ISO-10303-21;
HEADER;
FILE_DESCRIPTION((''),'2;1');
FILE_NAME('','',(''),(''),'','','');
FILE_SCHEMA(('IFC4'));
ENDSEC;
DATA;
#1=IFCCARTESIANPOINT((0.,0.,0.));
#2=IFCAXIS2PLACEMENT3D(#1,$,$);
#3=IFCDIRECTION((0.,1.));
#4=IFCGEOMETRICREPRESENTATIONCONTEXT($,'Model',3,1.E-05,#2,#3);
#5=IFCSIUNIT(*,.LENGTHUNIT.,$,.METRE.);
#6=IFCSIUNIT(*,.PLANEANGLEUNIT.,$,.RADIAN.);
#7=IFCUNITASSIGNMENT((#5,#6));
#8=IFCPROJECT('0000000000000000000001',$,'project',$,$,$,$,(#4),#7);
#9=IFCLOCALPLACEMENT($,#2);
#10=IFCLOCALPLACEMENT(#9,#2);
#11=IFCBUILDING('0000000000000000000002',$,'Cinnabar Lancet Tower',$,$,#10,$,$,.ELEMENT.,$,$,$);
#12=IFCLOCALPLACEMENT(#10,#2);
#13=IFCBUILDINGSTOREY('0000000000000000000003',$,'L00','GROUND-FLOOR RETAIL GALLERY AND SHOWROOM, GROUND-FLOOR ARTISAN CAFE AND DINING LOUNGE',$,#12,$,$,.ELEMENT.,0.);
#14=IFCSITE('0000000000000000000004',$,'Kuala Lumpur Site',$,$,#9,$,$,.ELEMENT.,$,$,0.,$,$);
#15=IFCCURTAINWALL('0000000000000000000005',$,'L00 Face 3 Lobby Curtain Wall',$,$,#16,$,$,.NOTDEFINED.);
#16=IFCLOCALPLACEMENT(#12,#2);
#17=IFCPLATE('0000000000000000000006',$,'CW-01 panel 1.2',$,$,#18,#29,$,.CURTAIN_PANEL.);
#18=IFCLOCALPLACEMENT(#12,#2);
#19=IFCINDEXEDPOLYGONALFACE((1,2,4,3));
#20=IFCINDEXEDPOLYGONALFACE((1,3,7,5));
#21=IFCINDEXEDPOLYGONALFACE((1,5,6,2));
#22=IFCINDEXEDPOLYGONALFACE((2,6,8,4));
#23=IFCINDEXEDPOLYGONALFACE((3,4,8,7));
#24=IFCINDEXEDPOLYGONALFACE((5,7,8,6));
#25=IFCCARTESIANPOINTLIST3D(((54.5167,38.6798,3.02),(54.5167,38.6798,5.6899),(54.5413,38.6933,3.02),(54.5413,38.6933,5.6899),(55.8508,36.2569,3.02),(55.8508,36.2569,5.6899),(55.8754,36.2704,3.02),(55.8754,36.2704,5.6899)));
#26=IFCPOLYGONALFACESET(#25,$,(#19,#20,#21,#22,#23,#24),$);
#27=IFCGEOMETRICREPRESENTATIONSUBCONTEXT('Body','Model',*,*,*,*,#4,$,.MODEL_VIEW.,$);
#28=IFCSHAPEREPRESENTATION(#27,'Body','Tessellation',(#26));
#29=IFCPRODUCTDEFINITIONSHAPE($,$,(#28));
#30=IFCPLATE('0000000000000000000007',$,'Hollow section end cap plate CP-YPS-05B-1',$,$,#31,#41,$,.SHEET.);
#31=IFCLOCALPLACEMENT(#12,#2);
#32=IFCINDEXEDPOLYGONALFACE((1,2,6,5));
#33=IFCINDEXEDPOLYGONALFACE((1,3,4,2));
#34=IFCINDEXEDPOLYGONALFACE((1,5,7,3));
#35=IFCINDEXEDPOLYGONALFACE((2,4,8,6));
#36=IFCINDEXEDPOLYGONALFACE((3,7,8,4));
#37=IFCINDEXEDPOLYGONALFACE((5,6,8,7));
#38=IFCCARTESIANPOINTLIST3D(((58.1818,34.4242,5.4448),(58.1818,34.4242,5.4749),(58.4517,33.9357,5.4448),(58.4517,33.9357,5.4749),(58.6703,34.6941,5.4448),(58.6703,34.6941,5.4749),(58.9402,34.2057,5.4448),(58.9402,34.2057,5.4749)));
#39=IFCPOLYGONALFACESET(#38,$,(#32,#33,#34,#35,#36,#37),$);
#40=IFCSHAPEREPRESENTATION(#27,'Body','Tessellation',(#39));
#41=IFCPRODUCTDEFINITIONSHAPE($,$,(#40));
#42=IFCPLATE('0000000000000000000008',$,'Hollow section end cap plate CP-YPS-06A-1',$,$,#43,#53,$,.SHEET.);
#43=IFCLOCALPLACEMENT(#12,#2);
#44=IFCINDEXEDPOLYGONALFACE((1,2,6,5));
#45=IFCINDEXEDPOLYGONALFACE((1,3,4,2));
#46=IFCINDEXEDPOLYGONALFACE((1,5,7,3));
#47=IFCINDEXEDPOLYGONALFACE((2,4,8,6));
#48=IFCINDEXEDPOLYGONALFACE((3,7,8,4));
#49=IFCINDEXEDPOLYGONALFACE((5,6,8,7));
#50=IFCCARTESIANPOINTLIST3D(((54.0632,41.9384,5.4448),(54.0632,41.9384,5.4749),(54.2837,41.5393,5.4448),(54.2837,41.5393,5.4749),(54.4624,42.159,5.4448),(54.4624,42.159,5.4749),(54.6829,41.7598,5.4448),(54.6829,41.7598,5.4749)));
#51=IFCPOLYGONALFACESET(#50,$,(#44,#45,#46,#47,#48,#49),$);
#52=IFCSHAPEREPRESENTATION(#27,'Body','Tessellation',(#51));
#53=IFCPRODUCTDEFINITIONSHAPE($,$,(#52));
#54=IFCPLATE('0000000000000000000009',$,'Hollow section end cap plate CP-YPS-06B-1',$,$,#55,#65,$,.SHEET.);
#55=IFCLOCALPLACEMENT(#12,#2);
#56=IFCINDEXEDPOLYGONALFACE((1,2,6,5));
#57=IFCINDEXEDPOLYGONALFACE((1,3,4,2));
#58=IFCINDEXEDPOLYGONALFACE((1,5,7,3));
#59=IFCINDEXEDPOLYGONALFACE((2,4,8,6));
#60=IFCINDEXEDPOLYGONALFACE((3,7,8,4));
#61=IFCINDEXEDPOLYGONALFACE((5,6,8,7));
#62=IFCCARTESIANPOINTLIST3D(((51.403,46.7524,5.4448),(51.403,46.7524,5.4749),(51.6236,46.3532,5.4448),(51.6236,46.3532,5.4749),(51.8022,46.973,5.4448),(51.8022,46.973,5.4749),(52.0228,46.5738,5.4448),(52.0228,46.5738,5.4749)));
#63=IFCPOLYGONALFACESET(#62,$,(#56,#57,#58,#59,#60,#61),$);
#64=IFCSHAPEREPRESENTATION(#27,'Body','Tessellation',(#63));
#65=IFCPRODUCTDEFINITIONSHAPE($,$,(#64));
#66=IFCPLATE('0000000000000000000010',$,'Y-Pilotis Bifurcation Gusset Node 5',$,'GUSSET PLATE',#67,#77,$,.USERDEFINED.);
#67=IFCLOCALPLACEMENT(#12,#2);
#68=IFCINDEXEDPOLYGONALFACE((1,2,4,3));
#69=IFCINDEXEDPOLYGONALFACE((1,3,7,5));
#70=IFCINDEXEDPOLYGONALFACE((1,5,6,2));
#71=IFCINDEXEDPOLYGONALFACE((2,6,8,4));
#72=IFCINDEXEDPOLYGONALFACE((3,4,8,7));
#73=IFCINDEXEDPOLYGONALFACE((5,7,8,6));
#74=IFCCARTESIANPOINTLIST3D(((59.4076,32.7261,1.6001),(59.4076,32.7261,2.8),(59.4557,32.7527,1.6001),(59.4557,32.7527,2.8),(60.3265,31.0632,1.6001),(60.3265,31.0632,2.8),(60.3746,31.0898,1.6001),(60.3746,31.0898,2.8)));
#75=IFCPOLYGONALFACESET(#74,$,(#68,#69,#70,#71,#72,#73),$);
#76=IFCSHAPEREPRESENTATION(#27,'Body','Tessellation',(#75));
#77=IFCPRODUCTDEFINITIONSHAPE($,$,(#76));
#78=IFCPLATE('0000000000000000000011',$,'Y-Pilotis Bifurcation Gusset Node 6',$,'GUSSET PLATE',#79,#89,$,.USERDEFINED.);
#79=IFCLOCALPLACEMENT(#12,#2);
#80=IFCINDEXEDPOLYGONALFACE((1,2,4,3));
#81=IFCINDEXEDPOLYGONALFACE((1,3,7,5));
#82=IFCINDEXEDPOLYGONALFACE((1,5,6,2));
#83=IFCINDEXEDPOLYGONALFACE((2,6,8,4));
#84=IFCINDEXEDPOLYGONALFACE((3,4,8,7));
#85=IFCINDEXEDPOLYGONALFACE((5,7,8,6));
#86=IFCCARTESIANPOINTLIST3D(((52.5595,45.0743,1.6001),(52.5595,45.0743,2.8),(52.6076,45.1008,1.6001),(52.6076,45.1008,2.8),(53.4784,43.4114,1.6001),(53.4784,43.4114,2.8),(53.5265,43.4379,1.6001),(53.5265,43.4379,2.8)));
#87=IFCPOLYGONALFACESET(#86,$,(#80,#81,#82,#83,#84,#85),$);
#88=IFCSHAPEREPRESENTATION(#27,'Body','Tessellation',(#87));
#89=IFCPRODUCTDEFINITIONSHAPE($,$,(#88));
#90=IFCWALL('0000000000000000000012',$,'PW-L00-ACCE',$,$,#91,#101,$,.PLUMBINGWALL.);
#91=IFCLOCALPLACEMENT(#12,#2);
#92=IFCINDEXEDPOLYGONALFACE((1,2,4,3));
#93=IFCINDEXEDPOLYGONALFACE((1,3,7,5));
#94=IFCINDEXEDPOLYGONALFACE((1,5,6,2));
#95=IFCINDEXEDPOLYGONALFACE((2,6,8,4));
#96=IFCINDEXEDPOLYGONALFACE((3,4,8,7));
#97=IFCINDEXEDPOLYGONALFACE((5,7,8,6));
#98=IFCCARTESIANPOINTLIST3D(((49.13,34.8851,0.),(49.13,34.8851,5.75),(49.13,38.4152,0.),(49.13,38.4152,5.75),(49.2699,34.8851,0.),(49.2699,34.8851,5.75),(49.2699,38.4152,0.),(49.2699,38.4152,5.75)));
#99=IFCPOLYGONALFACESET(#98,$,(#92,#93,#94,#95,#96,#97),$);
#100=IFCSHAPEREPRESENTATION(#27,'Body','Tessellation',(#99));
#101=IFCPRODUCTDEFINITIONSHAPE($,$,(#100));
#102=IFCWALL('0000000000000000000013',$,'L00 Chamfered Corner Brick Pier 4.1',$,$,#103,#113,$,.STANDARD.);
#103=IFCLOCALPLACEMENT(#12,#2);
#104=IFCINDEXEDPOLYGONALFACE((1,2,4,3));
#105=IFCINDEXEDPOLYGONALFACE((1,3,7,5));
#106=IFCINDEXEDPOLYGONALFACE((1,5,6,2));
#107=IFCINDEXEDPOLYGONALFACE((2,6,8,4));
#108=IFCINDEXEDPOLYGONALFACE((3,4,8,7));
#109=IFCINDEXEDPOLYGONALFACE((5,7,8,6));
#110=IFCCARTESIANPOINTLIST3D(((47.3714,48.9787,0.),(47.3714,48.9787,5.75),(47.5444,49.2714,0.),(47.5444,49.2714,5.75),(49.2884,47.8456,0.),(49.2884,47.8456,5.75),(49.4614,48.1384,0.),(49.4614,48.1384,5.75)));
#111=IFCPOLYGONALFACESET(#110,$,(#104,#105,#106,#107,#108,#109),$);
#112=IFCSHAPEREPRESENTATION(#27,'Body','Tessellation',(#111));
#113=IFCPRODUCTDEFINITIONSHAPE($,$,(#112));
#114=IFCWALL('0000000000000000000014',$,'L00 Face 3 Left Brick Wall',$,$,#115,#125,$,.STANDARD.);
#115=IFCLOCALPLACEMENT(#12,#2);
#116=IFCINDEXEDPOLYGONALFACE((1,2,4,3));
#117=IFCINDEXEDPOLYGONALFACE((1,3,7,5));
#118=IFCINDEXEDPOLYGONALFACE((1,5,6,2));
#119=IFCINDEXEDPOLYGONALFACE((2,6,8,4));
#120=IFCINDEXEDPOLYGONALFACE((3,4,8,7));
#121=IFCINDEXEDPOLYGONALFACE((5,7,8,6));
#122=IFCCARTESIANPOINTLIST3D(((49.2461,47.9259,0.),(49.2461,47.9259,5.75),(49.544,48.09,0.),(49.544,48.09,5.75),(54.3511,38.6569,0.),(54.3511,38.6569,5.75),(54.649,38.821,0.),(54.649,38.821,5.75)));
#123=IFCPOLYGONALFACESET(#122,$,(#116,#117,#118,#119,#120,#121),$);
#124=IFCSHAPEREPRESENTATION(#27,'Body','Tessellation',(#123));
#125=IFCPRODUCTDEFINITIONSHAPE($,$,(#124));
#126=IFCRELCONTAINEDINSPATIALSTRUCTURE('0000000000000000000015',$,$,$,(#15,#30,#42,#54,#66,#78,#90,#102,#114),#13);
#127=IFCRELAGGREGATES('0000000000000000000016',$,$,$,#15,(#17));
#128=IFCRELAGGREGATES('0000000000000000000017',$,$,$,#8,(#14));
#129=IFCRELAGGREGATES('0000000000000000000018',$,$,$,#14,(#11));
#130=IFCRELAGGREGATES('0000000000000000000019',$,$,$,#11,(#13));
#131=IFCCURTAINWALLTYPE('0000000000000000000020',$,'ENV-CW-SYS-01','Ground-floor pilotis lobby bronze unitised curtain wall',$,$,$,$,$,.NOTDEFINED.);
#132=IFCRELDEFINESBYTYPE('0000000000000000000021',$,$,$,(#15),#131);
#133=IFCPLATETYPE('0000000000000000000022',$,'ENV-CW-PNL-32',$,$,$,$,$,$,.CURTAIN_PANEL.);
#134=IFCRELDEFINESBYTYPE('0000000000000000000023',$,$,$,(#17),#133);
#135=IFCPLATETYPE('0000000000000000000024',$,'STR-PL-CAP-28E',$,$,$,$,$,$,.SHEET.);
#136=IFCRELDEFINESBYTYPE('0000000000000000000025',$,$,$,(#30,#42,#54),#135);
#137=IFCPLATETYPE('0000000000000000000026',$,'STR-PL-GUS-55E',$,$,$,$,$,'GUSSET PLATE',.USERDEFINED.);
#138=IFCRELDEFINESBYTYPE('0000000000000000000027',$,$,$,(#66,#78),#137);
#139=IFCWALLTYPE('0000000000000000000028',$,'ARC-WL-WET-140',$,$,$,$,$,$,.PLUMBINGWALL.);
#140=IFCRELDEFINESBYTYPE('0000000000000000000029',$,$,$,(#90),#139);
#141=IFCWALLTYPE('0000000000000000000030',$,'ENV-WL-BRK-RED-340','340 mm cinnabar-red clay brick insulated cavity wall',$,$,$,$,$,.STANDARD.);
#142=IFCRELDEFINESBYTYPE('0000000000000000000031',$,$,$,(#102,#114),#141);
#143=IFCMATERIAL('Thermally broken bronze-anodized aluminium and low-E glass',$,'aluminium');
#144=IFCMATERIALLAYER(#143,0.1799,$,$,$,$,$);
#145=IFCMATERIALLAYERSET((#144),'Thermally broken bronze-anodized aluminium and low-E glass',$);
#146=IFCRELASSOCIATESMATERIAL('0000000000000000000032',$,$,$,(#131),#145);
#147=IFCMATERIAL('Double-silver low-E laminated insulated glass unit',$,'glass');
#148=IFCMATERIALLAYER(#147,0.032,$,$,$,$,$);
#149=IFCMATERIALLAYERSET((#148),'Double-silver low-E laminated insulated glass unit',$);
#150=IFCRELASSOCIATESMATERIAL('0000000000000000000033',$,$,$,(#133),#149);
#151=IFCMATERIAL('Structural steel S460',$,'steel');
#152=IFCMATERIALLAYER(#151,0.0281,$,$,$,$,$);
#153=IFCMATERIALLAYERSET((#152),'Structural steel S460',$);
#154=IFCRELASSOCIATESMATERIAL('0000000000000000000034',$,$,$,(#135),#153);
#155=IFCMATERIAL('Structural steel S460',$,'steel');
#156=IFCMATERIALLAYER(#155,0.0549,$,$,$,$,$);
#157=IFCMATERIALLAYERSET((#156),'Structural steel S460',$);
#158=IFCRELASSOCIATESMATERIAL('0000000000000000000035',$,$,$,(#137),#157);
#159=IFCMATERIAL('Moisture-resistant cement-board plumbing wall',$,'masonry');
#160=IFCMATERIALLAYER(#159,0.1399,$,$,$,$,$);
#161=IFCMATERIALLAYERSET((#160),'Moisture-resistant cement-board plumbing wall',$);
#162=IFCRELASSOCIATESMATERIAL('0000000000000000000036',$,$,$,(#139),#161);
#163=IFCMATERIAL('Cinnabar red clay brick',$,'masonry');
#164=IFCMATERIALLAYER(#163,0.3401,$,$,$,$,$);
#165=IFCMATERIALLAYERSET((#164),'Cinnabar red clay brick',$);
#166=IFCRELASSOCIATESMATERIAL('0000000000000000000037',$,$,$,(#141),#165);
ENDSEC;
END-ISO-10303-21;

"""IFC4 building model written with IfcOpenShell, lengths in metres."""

from ifc_helpers import new_model, si_unit, direction, frame, frame_2d, origin, origin_2d, place, context, subcontext, project, spatial, rectangle, extrude, material, layer, layer_set, type_object, element, aggregate, save


model = new_model("IFC4")

# Units and contexts
model_context = context("Model", 3, precision=1e-05, world=origin(), true_north=direction((0.0, 1.0)))
body_context = subcontext(model_context, "Body", "Model", "MODEL_VIEW")
ifc_project = project(units=[si_unit("LENGTHUNIT", "METRE"), si_unit("PLANEANGLEUNIT", "RADIAN")], contexts=[model_context])

# Site, building, storey
site_placement = place(None, origin())
site = spatial("IfcSite", under=ifc_project, at=site_placement, Name="Kuala Lumpur Site", CompositionType="ELEMENT", RefElevation=0.0)
building_placement = place(site_placement, origin())
building = spatial("IfcBuilding", under=site, at=building_placement, Name="Cinnabar Lancet Tower", CompositionType="ELEMENT")
storey_placement = place(building_placement, origin())
storey = spatial("IfcBuildingStorey", under=building, at=storey_placement, Name="L00", Description="GROUND-FLOOR RETAIL GALLERY AND SHOWROOM, GROUND-FLOOR ARTISAN CAFE AND DINING LOUNGE", CompositionType="ELEMENT", Elevation=0.0)

# Curtain wall
ifc_material_1 = material(Name="Thermally broken bronze-anodized aluminium and low-E glass", Category="aluminium")
ifc_layer_1 = layer(ifc_material_1, 0.1799)
ifc_layer_set_1 = layer_set([ifc_layer_1], Name="Thermally broken bronze-anodized aluminium and low-E glass")
curtain_wall_type = type_object("IfcCurtainWallType", Name="ENV-CW-SYS-01", Description="Ground-floor pilotis lobby bronze unitised curtain wall", PredefinedType="NOTDEFINED", material=ifc_layer_set_1)
curtain_wall_placement = place(storey_placement, origin())
curtain_wall = element("IfcCurtainWall", 1, at=curtain_wall_placement, inside=storey, type_object=curtain_wall_type, Name="L00 Face 3 Lobby Curtain Wall", PredefinedType="NOTDEFINED")

# Plate
ifc_material_2 = material(Name="Double-silver low-E laminated insulated glass unit", Category="glass")
ifc_layer_2 = layer(ifc_material_2, 0.032)
ifc_layer_set_2 = layer_set([ifc_layer_2], Name="Double-silver low-E laminated insulated glass unit")
plate_type_1 = type_object("IfcPlateType", Name="ENV-CW-PNL-32", PredefinedType="CURTAIN_PANEL", material=ifc_layer_set_2)
plate_1_placement = place(storey_placement, frame((55.196, 37.4751, 3.02), z_axis=(0.0, 0.0, 1.0), x_axis=(0.482344, -0.875982, 0.0)))
plate_1 = element("IfcPlate", 2, at=plate_1_placement, type_object=plate_type_1, Name="CW-01 panel 1.2", PredefinedType="CURTAIN_PANEL", context=body_context, shape_type="SweptSolid", body=[
    extrude(rectangle(XDim=2.7659, YDim=0.0281, at=origin_2d()), origin(), (0.0, 0.0, 1.0), 2.6699),
])
aggregate(curtain_wall, [plate_1])

# Plates
ifc_material_3 = material(Name="Structural steel S460", Category="steel")
ifc_layer_3 = layer(ifc_material_3, 0.0281)
ifc_layer_set_3 = layer_set([ifc_layer_3], Name="Structural steel S460")
plate_type_2 = type_object("IfcPlateType", Name="STR-PL-CAP-28E", PredefinedType="SHEET", material=ifc_layer_set_3)
plate_2_placement = place(storey_placement, frame((58.561, 34.3149, 5.4448), z_axis=(0.0, 0.0, 1.0), x_axis=(-0.483634, 0.87527, 0.0)))
element("IfcPlate", 3, at=plate_2_placement, inside=storey, type_object=plate_type_2, Name="Hollow section end cap plate CP-YPS-05B-1", PredefinedType="SHEET", context=body_context, shape_type="SweptSolid", body=[
    extrude(rectangle(XDim=0.5581, YDim=0.5581, at=origin_2d()), origin(), (0.0, 0.0, 1.0), 0.03),
])
for number, where, z_axis, x_axis, name in (
    (4, (54.373, 41.8491, 5.4448), (0.0, 0.0, 1.0), (0.483634, -0.87527, 0.0), "Hollow section end cap plate CP-YPS-06A-1"),
    (5, (51.7129, 46.6631, 5.4448), (0.0, 0.0, 1.0), (-0.483634, 0.87527, 0.0), "Hollow section end cap plate CP-YPS-06B-1"),
):
    element("IfcPlate", number, at=place(storey_placement, frame(where, z_axis=z_axis, x_axis=x_axis)), inside=storey, type_object=plate_type_2, Name=name, PredefinedType="SHEET", context=body_context, shape_type="SweptSolid", body=[
        extrude(rectangle(XDim=0.4561, YDim=0.4561, at=origin_2d()), origin(), (0.0, 0.0, 1.0), 0.03),
    ])
ifc_material_4 = material(Name="Structural steel S460", Category="steel")
ifc_layer_4 = layer(ifc_material_4, 0.0549)
ifc_layer_set_4 = layer_set([ifc_layer_4], Name="Structural steel S460")
plate_type_3 = type_object("IfcPlateType", Name="STR-PL-GUS-55E", ElementType="GUSSET PLATE", PredefinedType="USERDEFINED", material=ifc_layer_set_4)
for number, where, z_axis, x_axis, name in (
    (6, (59.8911, 31.908, 1.6001), (0.0, 0.0, 1.0), (-0.483664, 0.875254, 0.0), "Y-Pilotis Bifurcation Gusset Node 5"),
    (7, (53.043, 44.2561, 1.6001), (0.0, 0.0, 1.0), (-0.483664, 0.875254, 0.0), "Y-Pilotis Bifurcation Gusset Node 6"),
):
    element("IfcPlate", number, at=place(storey_placement, frame(where, z_axis=z_axis, x_axis=x_axis)), inside=storey, type_object=plate_type_3, Name=name, ObjectType="GUSSET PLATE", PredefinedType="USERDEFINED", context=body_context, shape_type="SweptSolid", body=[
        extrude(rectangle(XDim=1.8999, YDim=0.0549, at=origin_2d()), origin(), (0.0, 0.0, 1.0), 1.2),
    ])

# Walls
ifc_material_5 = material(Name="Moisture-resistant cement-board plumbing wall", Category="masonry")
ifc_layer_5 = layer(ifc_material_5, 0.1399)
ifc_layer_set_5 = layer_set([ifc_layer_5], Name="Moisture-resistant cement-board plumbing wall")
wall_type_1 = type_object("IfcWallType", Name="ARC-WL-WET-140", PredefinedType="PLUMBINGWALL", material=ifc_layer_set_5)
wall_1_placement = place(storey_placement, frame((49.2, 34.885, 0.0), z_axis=(0.0, 0.0, 1.0), x_axis=(0.0, 1.0, 0.0)))
element("IfcWall", 8, at=wall_1_placement, inside=storey, type_object=wall_type_1, Name="PW-L00-ACCE", PredefinedType="PLUMBINGWALL", context=body_context, shape_type="SweptSolid", body=[
    extrude(rectangle(XDim=3.53, YDim=0.1399, at=frame_2d((1.7651, 0.0))), origin(), (0.0, 0.0, 1.0), 5.75),
])
ifc_material_6 = material(Name="Cinnabar red clay brick", Category="masonry")
ifc_layer_6 = layer(ifc_material_6, 0.3401)
ifc_layer_set_6 = layer_set([ifc_layer_6], Name="Cinnabar red clay brick")
wall_type_2 = type_object("IfcWallType", Name="ENV-WL-BRK-RED-340", Description="340 mm cinnabar-red clay brick insulated cavity wall", PredefinedType="STANDARD", material=ifc_layer_set_6)
wall_2_placement = place(storey_placement, frame((47.458, 49.125, 0.0), z_axis=(0.0, 0.0, 1.0), x_axis=(0.86087, -0.508825, 0.0)))
element("IfcWall", 9, at=wall_2_placement, inside=storey, type_object=wall_type_2, Name="L00 Chamfered Corner Brick Pier 4.1", PredefinedType="STANDARD", context=body_context, shape_type="SweptSolid", body=[
    extrude(rectangle(XDim=2.2268, YDim=0.3401, at=frame_2d((1.1133, 0.0))), origin(), (0.0, 0.0, 1.0), 5.75),
])
wall_3_placement = place(storey_placement, frame((49.395, 48.0081, 0.0), z_axis=(0.0, 0.0, 1.0), x_axis=(0.482427, -0.875936, 0.0)))
element("IfcWall", 10, at=wall_3_placement, inside=storey, type_object=wall_type_2, Name="L00 Face 3 Left Brick Wall", PredefinedType="STANDARD", context=body_context, shape_type="SweptSolid", body=[
    extrude(rectangle(XDim=10.5818, YDim=0.3401, at=frame_2d((5.291, 0.0))), origin(), (0.0, 0.0, 1.0), 5.75),
])

save(model, "model.ifc")
